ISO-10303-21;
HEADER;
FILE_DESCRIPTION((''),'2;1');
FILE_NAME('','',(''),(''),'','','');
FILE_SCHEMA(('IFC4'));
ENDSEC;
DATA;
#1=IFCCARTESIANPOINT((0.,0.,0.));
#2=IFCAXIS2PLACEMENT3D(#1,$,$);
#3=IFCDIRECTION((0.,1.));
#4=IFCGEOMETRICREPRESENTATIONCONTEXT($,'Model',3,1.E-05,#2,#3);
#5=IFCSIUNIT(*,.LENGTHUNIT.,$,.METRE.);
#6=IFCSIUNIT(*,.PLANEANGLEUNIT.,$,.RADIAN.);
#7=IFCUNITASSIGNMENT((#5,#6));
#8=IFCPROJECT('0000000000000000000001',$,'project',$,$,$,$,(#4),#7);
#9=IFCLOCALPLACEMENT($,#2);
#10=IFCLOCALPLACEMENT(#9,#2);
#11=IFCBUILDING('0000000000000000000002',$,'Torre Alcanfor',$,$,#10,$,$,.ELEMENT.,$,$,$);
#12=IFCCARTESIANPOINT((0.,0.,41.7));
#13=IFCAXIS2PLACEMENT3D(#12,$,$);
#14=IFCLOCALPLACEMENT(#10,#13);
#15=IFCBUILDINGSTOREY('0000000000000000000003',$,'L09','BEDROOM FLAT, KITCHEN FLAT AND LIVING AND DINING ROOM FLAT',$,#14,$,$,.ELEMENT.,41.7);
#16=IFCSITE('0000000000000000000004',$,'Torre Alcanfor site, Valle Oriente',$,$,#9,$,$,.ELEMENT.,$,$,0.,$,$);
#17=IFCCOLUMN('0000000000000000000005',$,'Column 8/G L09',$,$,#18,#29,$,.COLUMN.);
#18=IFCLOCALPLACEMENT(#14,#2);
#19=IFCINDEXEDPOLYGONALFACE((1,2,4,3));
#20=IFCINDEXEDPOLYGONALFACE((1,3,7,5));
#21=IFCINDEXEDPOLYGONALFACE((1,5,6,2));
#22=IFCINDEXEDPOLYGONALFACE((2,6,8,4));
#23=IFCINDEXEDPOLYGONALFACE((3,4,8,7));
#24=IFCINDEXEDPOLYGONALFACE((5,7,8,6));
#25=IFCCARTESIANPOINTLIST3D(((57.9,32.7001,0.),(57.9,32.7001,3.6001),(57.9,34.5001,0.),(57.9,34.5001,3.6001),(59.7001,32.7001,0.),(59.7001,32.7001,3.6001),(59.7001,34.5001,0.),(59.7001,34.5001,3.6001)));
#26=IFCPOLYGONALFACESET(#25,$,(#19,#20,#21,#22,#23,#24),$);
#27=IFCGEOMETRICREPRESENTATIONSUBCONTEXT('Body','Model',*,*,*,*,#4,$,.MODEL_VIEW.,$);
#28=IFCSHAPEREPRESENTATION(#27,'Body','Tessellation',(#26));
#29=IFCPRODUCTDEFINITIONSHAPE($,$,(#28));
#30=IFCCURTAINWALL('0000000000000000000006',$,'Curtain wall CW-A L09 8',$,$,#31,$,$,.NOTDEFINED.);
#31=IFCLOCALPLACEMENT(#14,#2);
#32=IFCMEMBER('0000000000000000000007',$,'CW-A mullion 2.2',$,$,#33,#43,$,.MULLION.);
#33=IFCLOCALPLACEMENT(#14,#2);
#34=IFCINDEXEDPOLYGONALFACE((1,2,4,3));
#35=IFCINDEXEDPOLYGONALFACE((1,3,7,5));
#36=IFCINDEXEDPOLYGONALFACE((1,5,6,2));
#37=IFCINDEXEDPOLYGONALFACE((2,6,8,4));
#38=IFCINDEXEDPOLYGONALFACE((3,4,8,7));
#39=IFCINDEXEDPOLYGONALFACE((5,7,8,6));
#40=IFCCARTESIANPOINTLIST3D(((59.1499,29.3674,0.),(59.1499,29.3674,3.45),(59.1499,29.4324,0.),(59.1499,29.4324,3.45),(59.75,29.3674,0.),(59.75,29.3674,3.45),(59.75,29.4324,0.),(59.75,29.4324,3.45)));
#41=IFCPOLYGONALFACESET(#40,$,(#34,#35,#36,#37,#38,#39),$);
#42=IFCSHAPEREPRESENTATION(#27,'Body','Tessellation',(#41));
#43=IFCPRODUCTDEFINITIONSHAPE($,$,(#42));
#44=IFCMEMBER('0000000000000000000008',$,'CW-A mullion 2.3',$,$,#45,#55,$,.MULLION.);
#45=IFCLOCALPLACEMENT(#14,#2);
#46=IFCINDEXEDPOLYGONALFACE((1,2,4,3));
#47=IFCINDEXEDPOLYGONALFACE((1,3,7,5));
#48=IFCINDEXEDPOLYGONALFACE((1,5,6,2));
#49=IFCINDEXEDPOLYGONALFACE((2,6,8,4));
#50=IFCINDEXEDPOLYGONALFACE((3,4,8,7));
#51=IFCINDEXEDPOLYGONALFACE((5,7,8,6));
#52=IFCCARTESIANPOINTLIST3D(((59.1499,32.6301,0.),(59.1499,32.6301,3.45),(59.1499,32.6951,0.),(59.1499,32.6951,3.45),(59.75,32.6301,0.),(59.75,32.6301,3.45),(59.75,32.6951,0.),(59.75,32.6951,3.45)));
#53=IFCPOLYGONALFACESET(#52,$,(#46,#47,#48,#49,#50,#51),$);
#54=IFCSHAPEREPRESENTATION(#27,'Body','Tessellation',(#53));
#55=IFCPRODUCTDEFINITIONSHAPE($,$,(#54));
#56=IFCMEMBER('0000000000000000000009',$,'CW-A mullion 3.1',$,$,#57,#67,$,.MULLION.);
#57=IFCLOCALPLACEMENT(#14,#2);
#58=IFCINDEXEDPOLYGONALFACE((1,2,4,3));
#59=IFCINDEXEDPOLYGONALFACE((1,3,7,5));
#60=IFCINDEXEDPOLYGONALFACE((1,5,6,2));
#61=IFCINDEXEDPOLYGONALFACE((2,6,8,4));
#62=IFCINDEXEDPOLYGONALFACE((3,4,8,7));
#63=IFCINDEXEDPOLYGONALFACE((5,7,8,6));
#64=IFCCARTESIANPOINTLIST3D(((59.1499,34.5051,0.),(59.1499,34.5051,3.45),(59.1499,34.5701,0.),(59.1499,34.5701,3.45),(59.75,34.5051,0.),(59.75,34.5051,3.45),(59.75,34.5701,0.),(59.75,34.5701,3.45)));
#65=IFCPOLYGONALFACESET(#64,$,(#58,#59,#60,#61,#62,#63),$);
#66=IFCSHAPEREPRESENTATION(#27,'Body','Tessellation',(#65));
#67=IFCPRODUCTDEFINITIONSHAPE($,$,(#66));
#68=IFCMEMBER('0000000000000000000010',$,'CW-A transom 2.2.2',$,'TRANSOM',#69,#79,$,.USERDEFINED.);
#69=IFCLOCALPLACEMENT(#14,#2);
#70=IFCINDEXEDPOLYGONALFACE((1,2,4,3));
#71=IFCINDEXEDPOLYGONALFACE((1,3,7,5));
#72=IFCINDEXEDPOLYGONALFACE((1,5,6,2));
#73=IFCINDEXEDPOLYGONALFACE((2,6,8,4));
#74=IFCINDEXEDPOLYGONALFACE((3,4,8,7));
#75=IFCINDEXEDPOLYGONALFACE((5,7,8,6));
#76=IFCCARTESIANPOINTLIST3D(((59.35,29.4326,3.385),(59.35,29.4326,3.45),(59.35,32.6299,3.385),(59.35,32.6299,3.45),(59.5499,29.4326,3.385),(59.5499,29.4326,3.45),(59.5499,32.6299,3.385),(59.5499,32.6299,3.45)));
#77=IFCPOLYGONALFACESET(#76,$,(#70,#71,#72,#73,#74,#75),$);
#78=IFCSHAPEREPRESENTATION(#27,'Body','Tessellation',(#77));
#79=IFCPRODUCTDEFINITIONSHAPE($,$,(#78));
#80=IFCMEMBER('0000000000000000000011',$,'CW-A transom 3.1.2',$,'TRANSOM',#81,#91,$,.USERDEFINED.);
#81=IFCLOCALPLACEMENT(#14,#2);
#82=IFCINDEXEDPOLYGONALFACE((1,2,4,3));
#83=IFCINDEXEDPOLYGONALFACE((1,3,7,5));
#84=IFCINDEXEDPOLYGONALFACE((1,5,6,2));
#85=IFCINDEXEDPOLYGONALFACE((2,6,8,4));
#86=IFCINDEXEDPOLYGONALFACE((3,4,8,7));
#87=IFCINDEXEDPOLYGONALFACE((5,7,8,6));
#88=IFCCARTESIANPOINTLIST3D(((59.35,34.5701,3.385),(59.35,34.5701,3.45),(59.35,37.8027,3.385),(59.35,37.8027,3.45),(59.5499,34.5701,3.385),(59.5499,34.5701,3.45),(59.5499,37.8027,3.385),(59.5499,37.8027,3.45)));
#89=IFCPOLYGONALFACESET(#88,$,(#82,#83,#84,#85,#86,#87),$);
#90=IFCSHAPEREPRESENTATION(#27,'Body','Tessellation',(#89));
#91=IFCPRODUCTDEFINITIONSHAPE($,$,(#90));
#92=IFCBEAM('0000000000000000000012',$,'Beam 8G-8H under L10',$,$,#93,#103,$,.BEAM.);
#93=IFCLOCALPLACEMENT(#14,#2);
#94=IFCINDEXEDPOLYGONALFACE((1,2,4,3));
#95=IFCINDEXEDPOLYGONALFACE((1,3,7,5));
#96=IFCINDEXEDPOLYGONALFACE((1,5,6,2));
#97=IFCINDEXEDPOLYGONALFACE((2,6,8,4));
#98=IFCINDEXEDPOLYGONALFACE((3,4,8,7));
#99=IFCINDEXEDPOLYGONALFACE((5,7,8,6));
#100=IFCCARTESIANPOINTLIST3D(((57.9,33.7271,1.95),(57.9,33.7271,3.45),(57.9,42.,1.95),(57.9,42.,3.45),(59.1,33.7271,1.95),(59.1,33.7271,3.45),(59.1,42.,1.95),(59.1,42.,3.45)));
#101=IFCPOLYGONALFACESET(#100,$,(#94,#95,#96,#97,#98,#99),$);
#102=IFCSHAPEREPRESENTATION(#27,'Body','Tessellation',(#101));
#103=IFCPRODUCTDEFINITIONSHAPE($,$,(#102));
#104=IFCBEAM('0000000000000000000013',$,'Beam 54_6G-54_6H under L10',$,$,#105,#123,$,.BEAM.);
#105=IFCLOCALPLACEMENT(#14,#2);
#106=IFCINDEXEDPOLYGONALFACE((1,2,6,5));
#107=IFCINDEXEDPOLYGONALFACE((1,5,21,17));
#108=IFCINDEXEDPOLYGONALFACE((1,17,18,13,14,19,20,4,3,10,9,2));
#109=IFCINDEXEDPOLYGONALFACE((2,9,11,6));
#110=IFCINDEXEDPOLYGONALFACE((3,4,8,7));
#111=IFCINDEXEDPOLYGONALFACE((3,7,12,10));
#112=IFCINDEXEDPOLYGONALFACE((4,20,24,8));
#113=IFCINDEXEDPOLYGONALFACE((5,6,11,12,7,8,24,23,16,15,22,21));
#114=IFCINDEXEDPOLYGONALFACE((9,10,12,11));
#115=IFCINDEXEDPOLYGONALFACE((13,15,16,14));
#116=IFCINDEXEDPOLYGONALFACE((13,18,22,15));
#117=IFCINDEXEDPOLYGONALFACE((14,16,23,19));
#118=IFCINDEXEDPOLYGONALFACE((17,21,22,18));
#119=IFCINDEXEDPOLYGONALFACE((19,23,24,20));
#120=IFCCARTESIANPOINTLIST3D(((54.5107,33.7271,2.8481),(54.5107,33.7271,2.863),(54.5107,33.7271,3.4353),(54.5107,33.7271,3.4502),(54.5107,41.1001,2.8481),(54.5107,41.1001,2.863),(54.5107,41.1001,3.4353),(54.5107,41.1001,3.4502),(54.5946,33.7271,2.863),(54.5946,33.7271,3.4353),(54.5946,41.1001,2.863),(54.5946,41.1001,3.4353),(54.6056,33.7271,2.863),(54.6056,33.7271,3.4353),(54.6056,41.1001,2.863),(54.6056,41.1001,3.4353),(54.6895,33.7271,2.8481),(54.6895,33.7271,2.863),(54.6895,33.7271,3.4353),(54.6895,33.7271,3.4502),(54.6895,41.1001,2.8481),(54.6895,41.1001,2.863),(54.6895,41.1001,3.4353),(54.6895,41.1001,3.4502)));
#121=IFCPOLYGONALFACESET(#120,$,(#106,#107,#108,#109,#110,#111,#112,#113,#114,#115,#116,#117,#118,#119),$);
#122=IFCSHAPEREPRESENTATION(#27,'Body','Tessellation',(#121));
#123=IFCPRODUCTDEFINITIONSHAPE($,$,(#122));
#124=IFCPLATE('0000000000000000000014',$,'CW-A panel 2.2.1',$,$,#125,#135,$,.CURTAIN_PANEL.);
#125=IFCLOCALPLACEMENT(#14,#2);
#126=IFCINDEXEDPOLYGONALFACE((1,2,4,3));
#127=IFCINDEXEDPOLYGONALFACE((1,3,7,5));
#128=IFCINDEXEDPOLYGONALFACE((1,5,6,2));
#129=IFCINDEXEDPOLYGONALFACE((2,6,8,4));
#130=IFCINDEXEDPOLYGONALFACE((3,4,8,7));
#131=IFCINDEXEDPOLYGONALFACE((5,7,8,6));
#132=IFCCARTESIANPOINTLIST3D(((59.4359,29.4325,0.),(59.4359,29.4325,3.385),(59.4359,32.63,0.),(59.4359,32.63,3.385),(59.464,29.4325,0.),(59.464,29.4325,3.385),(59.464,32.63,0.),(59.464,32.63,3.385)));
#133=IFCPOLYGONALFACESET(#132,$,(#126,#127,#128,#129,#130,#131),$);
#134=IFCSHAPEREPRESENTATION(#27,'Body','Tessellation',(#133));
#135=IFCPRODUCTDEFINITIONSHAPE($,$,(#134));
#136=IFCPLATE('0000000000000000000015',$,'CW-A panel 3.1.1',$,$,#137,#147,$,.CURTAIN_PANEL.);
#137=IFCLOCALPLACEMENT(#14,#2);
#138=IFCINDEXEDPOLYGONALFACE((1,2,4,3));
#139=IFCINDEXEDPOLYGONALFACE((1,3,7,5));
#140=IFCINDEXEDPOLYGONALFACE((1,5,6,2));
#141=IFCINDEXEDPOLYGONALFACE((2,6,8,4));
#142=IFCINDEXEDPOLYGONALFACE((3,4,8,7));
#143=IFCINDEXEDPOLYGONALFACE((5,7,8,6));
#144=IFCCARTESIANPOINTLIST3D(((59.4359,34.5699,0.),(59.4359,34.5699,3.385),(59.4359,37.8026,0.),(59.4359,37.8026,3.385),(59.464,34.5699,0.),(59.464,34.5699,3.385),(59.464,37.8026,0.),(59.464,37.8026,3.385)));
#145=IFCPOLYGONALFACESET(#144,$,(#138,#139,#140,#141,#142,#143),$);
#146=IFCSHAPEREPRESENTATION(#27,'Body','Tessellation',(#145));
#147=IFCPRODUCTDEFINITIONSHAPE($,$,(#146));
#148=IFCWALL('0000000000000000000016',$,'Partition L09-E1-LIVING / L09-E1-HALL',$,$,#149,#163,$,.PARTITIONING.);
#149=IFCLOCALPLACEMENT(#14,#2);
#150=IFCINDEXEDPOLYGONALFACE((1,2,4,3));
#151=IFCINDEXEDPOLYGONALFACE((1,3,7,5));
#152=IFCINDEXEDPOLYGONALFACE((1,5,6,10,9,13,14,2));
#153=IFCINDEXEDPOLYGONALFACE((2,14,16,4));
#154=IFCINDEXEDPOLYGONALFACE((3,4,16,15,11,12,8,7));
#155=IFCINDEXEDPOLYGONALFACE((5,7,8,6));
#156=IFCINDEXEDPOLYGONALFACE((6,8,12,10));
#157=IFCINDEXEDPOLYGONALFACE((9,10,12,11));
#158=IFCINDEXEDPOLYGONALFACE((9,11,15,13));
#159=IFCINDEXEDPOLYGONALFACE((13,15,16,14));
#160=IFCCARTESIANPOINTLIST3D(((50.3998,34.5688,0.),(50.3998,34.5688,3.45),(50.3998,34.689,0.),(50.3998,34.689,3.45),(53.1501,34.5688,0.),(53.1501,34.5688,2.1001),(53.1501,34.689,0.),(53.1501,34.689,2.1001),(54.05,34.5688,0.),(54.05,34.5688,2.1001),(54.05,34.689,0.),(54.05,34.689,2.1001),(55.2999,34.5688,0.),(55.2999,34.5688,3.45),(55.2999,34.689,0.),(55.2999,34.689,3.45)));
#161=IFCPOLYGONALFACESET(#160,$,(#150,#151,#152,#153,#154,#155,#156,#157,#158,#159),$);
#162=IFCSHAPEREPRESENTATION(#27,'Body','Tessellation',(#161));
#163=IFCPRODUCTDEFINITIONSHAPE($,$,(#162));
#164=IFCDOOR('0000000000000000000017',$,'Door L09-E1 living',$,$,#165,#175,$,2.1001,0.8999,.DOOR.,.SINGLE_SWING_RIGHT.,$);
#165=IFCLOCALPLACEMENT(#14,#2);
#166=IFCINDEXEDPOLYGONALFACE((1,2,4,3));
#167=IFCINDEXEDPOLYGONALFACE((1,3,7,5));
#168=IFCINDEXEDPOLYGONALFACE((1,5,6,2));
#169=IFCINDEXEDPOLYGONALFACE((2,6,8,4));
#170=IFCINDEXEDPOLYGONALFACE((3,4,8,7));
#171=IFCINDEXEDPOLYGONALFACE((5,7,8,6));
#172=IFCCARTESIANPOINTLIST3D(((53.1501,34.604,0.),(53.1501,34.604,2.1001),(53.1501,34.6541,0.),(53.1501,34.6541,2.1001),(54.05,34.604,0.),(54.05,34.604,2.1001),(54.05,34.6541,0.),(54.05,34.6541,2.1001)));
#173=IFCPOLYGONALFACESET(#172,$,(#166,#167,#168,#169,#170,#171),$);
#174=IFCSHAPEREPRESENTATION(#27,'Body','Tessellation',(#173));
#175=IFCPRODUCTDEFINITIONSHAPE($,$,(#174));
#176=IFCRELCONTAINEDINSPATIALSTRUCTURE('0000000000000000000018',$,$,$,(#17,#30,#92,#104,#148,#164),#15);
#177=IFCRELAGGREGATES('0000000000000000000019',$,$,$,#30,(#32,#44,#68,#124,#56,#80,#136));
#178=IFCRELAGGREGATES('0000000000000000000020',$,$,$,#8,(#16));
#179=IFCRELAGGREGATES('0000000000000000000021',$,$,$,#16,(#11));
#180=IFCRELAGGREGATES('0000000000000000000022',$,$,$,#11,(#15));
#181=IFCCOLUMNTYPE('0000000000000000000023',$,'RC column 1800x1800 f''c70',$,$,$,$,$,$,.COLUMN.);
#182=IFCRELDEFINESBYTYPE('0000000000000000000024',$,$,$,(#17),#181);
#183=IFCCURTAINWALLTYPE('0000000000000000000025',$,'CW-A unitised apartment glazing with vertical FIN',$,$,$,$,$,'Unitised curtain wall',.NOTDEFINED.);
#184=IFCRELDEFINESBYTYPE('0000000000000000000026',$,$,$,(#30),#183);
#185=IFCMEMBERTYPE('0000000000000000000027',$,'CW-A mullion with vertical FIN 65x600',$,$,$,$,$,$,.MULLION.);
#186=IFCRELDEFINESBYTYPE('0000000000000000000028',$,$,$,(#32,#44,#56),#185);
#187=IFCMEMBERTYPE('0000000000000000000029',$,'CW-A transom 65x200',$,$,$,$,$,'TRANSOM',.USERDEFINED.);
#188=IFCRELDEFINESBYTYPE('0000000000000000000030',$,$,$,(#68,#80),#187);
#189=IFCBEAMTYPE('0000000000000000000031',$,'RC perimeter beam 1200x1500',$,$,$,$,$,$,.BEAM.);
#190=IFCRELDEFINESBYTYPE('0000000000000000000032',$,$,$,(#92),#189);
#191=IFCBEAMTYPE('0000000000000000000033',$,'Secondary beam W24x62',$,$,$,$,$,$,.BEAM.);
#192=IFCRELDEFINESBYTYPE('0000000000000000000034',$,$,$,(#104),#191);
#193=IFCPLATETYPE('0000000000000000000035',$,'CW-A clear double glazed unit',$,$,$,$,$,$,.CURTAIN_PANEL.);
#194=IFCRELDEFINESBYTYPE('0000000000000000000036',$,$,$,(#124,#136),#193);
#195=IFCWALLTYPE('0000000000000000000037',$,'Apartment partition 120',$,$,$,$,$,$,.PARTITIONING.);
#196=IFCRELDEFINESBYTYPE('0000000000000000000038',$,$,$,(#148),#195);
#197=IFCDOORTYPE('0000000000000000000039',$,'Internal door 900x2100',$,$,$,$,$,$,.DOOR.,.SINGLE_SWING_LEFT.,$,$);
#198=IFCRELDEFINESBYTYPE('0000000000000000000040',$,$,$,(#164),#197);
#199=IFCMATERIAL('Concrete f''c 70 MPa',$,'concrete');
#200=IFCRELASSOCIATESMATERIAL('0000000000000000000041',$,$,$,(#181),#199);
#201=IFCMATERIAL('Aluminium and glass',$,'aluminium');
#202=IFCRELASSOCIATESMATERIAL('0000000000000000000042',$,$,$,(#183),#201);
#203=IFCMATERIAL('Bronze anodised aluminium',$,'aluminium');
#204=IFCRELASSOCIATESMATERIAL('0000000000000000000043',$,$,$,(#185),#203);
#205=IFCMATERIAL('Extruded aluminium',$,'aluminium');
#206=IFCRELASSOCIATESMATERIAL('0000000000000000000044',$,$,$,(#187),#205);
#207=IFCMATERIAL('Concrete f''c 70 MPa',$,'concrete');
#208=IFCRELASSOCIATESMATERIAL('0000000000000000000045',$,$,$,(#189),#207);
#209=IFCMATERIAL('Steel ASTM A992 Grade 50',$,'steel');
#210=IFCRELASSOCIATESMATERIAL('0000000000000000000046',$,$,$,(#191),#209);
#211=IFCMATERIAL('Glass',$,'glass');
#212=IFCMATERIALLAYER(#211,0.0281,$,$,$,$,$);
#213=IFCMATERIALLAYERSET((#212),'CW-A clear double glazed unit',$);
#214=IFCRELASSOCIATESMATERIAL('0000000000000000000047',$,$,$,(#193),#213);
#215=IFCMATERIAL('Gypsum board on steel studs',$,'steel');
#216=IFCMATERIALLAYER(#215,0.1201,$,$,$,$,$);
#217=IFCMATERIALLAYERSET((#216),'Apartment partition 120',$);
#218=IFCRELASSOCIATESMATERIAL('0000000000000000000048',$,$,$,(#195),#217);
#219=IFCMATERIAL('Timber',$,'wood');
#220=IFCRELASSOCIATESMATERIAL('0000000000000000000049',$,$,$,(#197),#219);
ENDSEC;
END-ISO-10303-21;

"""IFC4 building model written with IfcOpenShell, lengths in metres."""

from ifc_helpers import new_model, si_unit, direction, frame, frame_2d, origin, origin_2d, place, context, subcontext, project, spatial, rectangle, i_section, extrude, material, layer, layer_set, material_profile, profile_set, type_object, element, fill, aggregate, save


model = new_model("IFC4")

# Units and contexts
model_context = context("Model", 3, precision=1e-05, world=origin(), true_north=direction((0.0, 1.0)))
body_context = subcontext(model_context, "Body", "Model", "MODEL_VIEW")
ifc_project = project(units=[si_unit("LENGTHUNIT", "METRE"), si_unit("PLANEANGLEUNIT", "RADIAN")], contexts=[model_context])

# Site, building, storey
site_placement = place(None, origin())
site = spatial("IfcSite", under=ifc_project, at=site_placement, Name="Torre Alcanfor site, Valle Oriente", CompositionType="ELEMENT", RefElevation=0.0)
building_placement = place(site_placement, origin())
building = spatial("IfcBuilding", under=site, at=building_placement, Name="Torre Alcanfor", CompositionType="ELEMENT")
storey_placement = place(building_placement, frame((0.0, 0.0, 41.7)))
storey = spatial("IfcBuildingStorey", under=building, at=storey_placement, Name="L09", Description="BEDROOM FLAT, KITCHEN FLAT AND LIVING AND DINING ROOM FLAT", CompositionType="ELEMENT", Elevation=41.7)

# Column
ifc_material_1 = material(Name="Concrete f'c 70 MPa", Category="concrete")
ifc_material_profile_1 = material_profile(ifc_material_1, rectangle(XDim=1.8, YDim=1.8, at=origin_2d()), Name="1800x1800")
ifc_profile_set_1 = profile_set([ifc_material_profile_1], Name="Concrete f'c 70 MPa")
column_type = type_object("IfcColumnType", Name="RC column 1800x1800 f'c70", PredefinedType="COLUMN", material=ifc_profile_set_1)
column_placement = place(storey_placement, frame((58.8, 33.6001, 0.0), z_axis=(0.0, 0.0, 1.0), x_axis=(1.0, 0.0, 0.0)))
element("IfcColumn", 1, at=column_placement, inside=storey, type_object=column_type, Name="Column 8/G L09", PredefinedType="COLUMN", context=body_context, shape_type="SweptSolid", body=[
    extrude(rectangle(XDim=1.8, YDim=1.8, at=origin_2d()), origin(), (0.0, 0.0, 1.0), 3.6001),
])

# Curtain wall, members
ifc_material_2 = material(Name="Aluminium and glass", Category="aluminium")
curtain_wall_type = type_object("IfcCurtainWallType", Name="CW-A unitised apartment glazing with vertical FIN", ElementType="Unitised curtain wall", PredefinedType="NOTDEFINED", material=ifc_material_2)
curtain_wall_placement = place(storey_placement, origin())
curtain_wall = element("IfcCurtainWall", 2, at=curtain_wall_placement, inside=storey, type_object=curtain_wall_type, Name="Curtain wall CW-A L09 8", PredefinedType="NOTDEFINED")
ifc_material_3 = material(Name="Bronze anodised aluminium", Category="aluminium")
ifc_material_profile_2 = material_profile(ifc_material_3, rectangle(XDim=0.6001, YDim=0.0649, at=origin_2d()), Name="CW-A mullion 65x600")
ifc_profile_set_2 = profile_set([ifc_material_profile_2], Name="Bronze anodised aluminium")
member_type_1 = type_object("IfcMemberType", Name="CW-A mullion with vertical FIN 65x600", PredefinedType="MULLION", material=ifc_profile_set_2)
member_1_placement = place(storey_placement, frame((59.45, 29.3999, 0.0), z_axis=(0.0, 0.0, 1.0), x_axis=(-1.0, 0.0, 0.0)))
member_1 = element("IfcMember", 3, at=member_1_placement, type_object=member_type_1, Name="CW-A mullion 2.2", PredefinedType="MULLION", context=body_context, shape_type="SweptSolid", body=[
    extrude(rectangle(XDim=0.6001, YDim=0.0649, at=origin_2d()), origin(), (0.0, 0.0, 1.0), 3.45),
])
member_2_placement = place(storey_placement, frame((59.45, 32.6626, 0.0), z_axis=(0.0, 0.0, 1.0), x_axis=(-1.0, 0.0, 0.0)))
member_2 = element("IfcMember", 4, at=member_2_placement, type_object=member_type_1, Name="CW-A mullion 2.3", PredefinedType="MULLION", context=body_context, shape_type="SweptSolid", body=[
    extrude(rectangle(XDim=0.6001, YDim=0.0649, at=origin_2d()), origin(), (0.0, 0.0, 1.0), 3.45),
])
member_3_placement = place(storey_placement, frame((59.45, 34.5376, 0.0), z_axis=(0.0, 0.0, 1.0), x_axis=(-1.0, 0.0, 0.0)))
member_3 = element("IfcMember", 5, at=member_3_placement, type_object=member_type_1, Name="CW-A mullion 3.1", PredefinedType="MULLION", context=body_context, shape_type="SweptSolid", body=[
    extrude(rectangle(XDim=0.6001, YDim=0.0649, at=origin_2d()), origin(), (0.0, 0.0, 1.0), 3.45),
])
ifc_material_4 = material(Name="Extruded aluminium", Category="aluminium")
ifc_material_profile_3 = material_profile(ifc_material_4, rectangle(XDim=0.2, YDim=0.0649, at=origin_2d()), Name="CW-A transom 200x65")
ifc_profile_set_3 = profile_set([ifc_material_profile_3], Name="Extruded aluminium")
member_type_2 = type_object("IfcMemberType", Name="CW-A transom 65x200", ElementType="TRANSOM", PredefinedType="USERDEFINED", material=ifc_profile_set_3)
member_4_placement = place(storey_placement, frame((59.45, 29.4326, 3.4175), z_axis=(0.0, 1.0, 0.0), x_axis=(-1.0, 0.0, 0.0)))
member_4 = element("IfcMember", 6, at=member_4_placement, type_object=member_type_2, Name="CW-A transom 2.2.2", ObjectType="TRANSOM", PredefinedType="USERDEFINED", context=body_context, shape_type="SweptSolid", body=[
    extrude(rectangle(XDim=0.2, YDim=0.0649, at=origin_2d()), origin(), (0.0, 0.0, 1.0), 3.1973),
])
member_5_placement = place(storey_placement, frame((59.45, 34.5701, 3.4175), z_axis=(0.0, 1.0, 0.0), x_axis=(-1.0, 0.0, 0.0)))
member_5 = element("IfcMember", 7, at=member_5_placement, type_object=member_type_2, Name="CW-A transom 3.1.2", ObjectType="TRANSOM", PredefinedType="USERDEFINED", context=body_context, shape_type="SweptSolid", body=[
    extrude(rectangle(XDim=0.2, YDim=0.0649, at=origin_2d()), origin(), (0.0, 0.0, 1.0), 3.2327),
])

# Beams
ifc_material_5 = material(Name="Concrete f'c 70 MPa", Category="concrete")
ifc_material_profile_4 = material_profile(ifc_material_5, rectangle(XDim=1.2, YDim=1.5, at=origin_2d()), Name="1200x1500")
ifc_profile_set_4 = profile_set([ifc_material_profile_4], Name="Concrete f'c 70 MPa")
beam_type_1 = type_object("IfcBeamType", Name="RC perimeter beam 1200x1500", PredefinedType="BEAM", material=ifc_profile_set_4)
beam_1_placement = place(storey_placement, frame((58.5, 33.7271, 2.7), z_axis=(0.0, 1.0, 0.0), x_axis=(-1.0, 0.0, 0.0)))
element("IfcBeam", 8, at=beam_1_placement, inside=storey, type_object=beam_type_1, Name="Beam 8G-8H under L10", PredefinedType="BEAM", context=body_context, shape_type="SweptSolid", body=[
    extrude(rectangle(XDim=1.2, YDim=1.5, at=origin_2d()), origin(), (0.0, 0.0, 1.0), 8.2729),
])
ifc_material_6 = material(Name="Steel ASTM A992 Grade 50", Category="steel")
ifc_material_profile_5 = material_profile(ifc_material_6, i_section(OverallWidth=0.1787, OverallDepth=0.6021, WebThickness=0.011, FlangeThickness=0.0149, at=origin_2d()), Name="W24x62")
ifc_profile_set_5 = profile_set([ifc_material_profile_5], Name="Steel ASTM A992 Grade 50")
beam_type_2 = type_object("IfcBeamType", Name="Secondary beam W24x62", PredefinedType="BEAM", material=ifc_profile_set_5)
beam_2_placement = place(storey_placement, frame((54.6001, 33.7271, 3.1492), z_axis=(0.0, 1.0, 0.0), x_axis=(-1.0, 0.0, 0.0)))
element("IfcBeam", 9, at=beam_2_placement, inside=storey, type_object=beam_type_2, Name="Beam 54_6G-54_6H under L10", PredefinedType="BEAM", context=body_context, shape_type="SweptSolid", body=[
    extrude(i_section(OverallWidth=0.1787, OverallDepth=0.6021, WebThickness=0.011, FlangeThickness=0.0149, at=origin_2d()), origin(), (0.0, 0.0, 1.0), 7.373),
])

# Plates
ifc_material_7 = material(Name="Glass", Category="glass")
ifc_layer_1 = layer(ifc_material_7, 0.0281)
ifc_layer_set_1 = layer_set([ifc_layer_1], Name="CW-A clear double glazed unit")
plate_type = type_object("IfcPlateType", Name="CW-A clear double glazed unit", PredefinedType="CURTAIN_PANEL", material=ifc_layer_set_1)
plate_1_placement = place(storey_placement, frame((59.45, 31.0312, 0.0), z_axis=(0.0, 0.0, 1.0), x_axis=(0.0, 1.0, 0.0)))
plate_1 = element("IfcPlate", 10, at=plate_1_placement, type_object=plate_type, Name="CW-A panel 2.2.1", PredefinedType="CURTAIN_PANEL", context=body_context, shape_type="SweptSolid", body=[
    extrude(rectangle(XDim=3.1975, YDim=0.0281, at=origin_2d()), origin(), (0.0, 0.0, 1.0), 3.385),
])
plate_2_placement = place(storey_placement, frame((59.45, 36.1863, 0.0), z_axis=(0.0, 0.0, 1.0), x_axis=(0.0, 1.0, 0.0)))
plate_2 = element("IfcPlate", 11, at=plate_2_placement, type_object=plate_type, Name="CW-A panel 3.1.1", PredefinedType="CURTAIN_PANEL", context=body_context, shape_type="SweptSolid", body=[
    extrude(rectangle(XDim=3.2327, YDim=0.0281, at=origin_2d()), origin(), (0.0, 0.0, 1.0), 3.385),
])
aggregate(curtain_wall, [member_1, member_2, member_4, plate_1, member_3, member_5, plate_2])

# Wall, opening, door
ifc_material_8 = material(Name="Gypsum board on steel studs", Category="steel")
ifc_layer_2 = layer(ifc_material_8, 0.1201)
ifc_layer_set_2 = layer_set([ifc_layer_2], Name="Apartment partition 120")
wall_type = type_object("IfcWallType", Name="Apartment partition 120", PredefinedType="PARTITIONING", material=ifc_layer_set_2)
wall_1_placement = place(storey_placement, frame((55.3, 34.6289, 0.0), z_axis=(0.0, 0.0, 1.0), x_axis=(-1.0, 0.0, 0.0)))
wall_1 = element("IfcWall", 12, at=wall_1_placement, inside=storey, type_object=wall_type, Name="Partition L09-E1-LIVING / L09-E1-HALL", PredefinedType="PARTITIONING", context=body_context, shape_type="SweptSolid", body=[
    extrude(rectangle(XDim=4.9001, YDim=0.1201, at=frame_2d((2.4502, 0.0))), origin(), (0.0, 0.0, 1.0), 3.45),
])
opening_1_placement = place(wall_1_placement, frame((1.25, 0.0, 0.0)))
opening_1 = element("IfcOpeningElement", 13, at=opening_1_placement, cuts=wall_1, PredefinedType="OPENING", context=body_context, shape_type="SweptSolid", body=[
    extrude(rectangle(XDim=0.8999, YDim=2.1001, at=frame_2d((0.45, 1.05))), frame((0.0, 0.0701, 0.0), z_axis=(0.0, -1.0, 0.0), x_axis=(1.0, 0.0, 0.0)), (0.0, 0.0, 1.0), 0.1401),
])
ifc_material_9 = material(Name="Timber", Category="wood")
door_type = type_object("IfcDoorType", Name="Internal door 900x2100", OperationType="SINGLE_SWING_LEFT", PredefinedType="DOOR", material=ifc_material_9)
door_1_placement = place(opening_1_placement, origin())
door_1 = element("IfcDoor", 14, at=door_1_placement, inside=storey, type_object=door_type, Name="Door L09-E1 living", OperationType="SINGLE_SWING_RIGHT", OverallHeight=2.1001, OverallWidth=0.8999, PredefinedType="DOOR", context=body_context, shape_type="SweptSolid", body=[
    extrude(rectangle(XDim=0.8999, YDim=2.1001, at=frame_2d((0.45, 1.05))), frame((0.0, 0.0249, 0.0), z_axis=(0.0, -1.0, 0.0), x_axis=(1.0, 0.0, 0.0)), (0.0, 0.0, 1.0), 0.05),
])
fill(opening_1, door_1)

save(model, "model.ifc")
